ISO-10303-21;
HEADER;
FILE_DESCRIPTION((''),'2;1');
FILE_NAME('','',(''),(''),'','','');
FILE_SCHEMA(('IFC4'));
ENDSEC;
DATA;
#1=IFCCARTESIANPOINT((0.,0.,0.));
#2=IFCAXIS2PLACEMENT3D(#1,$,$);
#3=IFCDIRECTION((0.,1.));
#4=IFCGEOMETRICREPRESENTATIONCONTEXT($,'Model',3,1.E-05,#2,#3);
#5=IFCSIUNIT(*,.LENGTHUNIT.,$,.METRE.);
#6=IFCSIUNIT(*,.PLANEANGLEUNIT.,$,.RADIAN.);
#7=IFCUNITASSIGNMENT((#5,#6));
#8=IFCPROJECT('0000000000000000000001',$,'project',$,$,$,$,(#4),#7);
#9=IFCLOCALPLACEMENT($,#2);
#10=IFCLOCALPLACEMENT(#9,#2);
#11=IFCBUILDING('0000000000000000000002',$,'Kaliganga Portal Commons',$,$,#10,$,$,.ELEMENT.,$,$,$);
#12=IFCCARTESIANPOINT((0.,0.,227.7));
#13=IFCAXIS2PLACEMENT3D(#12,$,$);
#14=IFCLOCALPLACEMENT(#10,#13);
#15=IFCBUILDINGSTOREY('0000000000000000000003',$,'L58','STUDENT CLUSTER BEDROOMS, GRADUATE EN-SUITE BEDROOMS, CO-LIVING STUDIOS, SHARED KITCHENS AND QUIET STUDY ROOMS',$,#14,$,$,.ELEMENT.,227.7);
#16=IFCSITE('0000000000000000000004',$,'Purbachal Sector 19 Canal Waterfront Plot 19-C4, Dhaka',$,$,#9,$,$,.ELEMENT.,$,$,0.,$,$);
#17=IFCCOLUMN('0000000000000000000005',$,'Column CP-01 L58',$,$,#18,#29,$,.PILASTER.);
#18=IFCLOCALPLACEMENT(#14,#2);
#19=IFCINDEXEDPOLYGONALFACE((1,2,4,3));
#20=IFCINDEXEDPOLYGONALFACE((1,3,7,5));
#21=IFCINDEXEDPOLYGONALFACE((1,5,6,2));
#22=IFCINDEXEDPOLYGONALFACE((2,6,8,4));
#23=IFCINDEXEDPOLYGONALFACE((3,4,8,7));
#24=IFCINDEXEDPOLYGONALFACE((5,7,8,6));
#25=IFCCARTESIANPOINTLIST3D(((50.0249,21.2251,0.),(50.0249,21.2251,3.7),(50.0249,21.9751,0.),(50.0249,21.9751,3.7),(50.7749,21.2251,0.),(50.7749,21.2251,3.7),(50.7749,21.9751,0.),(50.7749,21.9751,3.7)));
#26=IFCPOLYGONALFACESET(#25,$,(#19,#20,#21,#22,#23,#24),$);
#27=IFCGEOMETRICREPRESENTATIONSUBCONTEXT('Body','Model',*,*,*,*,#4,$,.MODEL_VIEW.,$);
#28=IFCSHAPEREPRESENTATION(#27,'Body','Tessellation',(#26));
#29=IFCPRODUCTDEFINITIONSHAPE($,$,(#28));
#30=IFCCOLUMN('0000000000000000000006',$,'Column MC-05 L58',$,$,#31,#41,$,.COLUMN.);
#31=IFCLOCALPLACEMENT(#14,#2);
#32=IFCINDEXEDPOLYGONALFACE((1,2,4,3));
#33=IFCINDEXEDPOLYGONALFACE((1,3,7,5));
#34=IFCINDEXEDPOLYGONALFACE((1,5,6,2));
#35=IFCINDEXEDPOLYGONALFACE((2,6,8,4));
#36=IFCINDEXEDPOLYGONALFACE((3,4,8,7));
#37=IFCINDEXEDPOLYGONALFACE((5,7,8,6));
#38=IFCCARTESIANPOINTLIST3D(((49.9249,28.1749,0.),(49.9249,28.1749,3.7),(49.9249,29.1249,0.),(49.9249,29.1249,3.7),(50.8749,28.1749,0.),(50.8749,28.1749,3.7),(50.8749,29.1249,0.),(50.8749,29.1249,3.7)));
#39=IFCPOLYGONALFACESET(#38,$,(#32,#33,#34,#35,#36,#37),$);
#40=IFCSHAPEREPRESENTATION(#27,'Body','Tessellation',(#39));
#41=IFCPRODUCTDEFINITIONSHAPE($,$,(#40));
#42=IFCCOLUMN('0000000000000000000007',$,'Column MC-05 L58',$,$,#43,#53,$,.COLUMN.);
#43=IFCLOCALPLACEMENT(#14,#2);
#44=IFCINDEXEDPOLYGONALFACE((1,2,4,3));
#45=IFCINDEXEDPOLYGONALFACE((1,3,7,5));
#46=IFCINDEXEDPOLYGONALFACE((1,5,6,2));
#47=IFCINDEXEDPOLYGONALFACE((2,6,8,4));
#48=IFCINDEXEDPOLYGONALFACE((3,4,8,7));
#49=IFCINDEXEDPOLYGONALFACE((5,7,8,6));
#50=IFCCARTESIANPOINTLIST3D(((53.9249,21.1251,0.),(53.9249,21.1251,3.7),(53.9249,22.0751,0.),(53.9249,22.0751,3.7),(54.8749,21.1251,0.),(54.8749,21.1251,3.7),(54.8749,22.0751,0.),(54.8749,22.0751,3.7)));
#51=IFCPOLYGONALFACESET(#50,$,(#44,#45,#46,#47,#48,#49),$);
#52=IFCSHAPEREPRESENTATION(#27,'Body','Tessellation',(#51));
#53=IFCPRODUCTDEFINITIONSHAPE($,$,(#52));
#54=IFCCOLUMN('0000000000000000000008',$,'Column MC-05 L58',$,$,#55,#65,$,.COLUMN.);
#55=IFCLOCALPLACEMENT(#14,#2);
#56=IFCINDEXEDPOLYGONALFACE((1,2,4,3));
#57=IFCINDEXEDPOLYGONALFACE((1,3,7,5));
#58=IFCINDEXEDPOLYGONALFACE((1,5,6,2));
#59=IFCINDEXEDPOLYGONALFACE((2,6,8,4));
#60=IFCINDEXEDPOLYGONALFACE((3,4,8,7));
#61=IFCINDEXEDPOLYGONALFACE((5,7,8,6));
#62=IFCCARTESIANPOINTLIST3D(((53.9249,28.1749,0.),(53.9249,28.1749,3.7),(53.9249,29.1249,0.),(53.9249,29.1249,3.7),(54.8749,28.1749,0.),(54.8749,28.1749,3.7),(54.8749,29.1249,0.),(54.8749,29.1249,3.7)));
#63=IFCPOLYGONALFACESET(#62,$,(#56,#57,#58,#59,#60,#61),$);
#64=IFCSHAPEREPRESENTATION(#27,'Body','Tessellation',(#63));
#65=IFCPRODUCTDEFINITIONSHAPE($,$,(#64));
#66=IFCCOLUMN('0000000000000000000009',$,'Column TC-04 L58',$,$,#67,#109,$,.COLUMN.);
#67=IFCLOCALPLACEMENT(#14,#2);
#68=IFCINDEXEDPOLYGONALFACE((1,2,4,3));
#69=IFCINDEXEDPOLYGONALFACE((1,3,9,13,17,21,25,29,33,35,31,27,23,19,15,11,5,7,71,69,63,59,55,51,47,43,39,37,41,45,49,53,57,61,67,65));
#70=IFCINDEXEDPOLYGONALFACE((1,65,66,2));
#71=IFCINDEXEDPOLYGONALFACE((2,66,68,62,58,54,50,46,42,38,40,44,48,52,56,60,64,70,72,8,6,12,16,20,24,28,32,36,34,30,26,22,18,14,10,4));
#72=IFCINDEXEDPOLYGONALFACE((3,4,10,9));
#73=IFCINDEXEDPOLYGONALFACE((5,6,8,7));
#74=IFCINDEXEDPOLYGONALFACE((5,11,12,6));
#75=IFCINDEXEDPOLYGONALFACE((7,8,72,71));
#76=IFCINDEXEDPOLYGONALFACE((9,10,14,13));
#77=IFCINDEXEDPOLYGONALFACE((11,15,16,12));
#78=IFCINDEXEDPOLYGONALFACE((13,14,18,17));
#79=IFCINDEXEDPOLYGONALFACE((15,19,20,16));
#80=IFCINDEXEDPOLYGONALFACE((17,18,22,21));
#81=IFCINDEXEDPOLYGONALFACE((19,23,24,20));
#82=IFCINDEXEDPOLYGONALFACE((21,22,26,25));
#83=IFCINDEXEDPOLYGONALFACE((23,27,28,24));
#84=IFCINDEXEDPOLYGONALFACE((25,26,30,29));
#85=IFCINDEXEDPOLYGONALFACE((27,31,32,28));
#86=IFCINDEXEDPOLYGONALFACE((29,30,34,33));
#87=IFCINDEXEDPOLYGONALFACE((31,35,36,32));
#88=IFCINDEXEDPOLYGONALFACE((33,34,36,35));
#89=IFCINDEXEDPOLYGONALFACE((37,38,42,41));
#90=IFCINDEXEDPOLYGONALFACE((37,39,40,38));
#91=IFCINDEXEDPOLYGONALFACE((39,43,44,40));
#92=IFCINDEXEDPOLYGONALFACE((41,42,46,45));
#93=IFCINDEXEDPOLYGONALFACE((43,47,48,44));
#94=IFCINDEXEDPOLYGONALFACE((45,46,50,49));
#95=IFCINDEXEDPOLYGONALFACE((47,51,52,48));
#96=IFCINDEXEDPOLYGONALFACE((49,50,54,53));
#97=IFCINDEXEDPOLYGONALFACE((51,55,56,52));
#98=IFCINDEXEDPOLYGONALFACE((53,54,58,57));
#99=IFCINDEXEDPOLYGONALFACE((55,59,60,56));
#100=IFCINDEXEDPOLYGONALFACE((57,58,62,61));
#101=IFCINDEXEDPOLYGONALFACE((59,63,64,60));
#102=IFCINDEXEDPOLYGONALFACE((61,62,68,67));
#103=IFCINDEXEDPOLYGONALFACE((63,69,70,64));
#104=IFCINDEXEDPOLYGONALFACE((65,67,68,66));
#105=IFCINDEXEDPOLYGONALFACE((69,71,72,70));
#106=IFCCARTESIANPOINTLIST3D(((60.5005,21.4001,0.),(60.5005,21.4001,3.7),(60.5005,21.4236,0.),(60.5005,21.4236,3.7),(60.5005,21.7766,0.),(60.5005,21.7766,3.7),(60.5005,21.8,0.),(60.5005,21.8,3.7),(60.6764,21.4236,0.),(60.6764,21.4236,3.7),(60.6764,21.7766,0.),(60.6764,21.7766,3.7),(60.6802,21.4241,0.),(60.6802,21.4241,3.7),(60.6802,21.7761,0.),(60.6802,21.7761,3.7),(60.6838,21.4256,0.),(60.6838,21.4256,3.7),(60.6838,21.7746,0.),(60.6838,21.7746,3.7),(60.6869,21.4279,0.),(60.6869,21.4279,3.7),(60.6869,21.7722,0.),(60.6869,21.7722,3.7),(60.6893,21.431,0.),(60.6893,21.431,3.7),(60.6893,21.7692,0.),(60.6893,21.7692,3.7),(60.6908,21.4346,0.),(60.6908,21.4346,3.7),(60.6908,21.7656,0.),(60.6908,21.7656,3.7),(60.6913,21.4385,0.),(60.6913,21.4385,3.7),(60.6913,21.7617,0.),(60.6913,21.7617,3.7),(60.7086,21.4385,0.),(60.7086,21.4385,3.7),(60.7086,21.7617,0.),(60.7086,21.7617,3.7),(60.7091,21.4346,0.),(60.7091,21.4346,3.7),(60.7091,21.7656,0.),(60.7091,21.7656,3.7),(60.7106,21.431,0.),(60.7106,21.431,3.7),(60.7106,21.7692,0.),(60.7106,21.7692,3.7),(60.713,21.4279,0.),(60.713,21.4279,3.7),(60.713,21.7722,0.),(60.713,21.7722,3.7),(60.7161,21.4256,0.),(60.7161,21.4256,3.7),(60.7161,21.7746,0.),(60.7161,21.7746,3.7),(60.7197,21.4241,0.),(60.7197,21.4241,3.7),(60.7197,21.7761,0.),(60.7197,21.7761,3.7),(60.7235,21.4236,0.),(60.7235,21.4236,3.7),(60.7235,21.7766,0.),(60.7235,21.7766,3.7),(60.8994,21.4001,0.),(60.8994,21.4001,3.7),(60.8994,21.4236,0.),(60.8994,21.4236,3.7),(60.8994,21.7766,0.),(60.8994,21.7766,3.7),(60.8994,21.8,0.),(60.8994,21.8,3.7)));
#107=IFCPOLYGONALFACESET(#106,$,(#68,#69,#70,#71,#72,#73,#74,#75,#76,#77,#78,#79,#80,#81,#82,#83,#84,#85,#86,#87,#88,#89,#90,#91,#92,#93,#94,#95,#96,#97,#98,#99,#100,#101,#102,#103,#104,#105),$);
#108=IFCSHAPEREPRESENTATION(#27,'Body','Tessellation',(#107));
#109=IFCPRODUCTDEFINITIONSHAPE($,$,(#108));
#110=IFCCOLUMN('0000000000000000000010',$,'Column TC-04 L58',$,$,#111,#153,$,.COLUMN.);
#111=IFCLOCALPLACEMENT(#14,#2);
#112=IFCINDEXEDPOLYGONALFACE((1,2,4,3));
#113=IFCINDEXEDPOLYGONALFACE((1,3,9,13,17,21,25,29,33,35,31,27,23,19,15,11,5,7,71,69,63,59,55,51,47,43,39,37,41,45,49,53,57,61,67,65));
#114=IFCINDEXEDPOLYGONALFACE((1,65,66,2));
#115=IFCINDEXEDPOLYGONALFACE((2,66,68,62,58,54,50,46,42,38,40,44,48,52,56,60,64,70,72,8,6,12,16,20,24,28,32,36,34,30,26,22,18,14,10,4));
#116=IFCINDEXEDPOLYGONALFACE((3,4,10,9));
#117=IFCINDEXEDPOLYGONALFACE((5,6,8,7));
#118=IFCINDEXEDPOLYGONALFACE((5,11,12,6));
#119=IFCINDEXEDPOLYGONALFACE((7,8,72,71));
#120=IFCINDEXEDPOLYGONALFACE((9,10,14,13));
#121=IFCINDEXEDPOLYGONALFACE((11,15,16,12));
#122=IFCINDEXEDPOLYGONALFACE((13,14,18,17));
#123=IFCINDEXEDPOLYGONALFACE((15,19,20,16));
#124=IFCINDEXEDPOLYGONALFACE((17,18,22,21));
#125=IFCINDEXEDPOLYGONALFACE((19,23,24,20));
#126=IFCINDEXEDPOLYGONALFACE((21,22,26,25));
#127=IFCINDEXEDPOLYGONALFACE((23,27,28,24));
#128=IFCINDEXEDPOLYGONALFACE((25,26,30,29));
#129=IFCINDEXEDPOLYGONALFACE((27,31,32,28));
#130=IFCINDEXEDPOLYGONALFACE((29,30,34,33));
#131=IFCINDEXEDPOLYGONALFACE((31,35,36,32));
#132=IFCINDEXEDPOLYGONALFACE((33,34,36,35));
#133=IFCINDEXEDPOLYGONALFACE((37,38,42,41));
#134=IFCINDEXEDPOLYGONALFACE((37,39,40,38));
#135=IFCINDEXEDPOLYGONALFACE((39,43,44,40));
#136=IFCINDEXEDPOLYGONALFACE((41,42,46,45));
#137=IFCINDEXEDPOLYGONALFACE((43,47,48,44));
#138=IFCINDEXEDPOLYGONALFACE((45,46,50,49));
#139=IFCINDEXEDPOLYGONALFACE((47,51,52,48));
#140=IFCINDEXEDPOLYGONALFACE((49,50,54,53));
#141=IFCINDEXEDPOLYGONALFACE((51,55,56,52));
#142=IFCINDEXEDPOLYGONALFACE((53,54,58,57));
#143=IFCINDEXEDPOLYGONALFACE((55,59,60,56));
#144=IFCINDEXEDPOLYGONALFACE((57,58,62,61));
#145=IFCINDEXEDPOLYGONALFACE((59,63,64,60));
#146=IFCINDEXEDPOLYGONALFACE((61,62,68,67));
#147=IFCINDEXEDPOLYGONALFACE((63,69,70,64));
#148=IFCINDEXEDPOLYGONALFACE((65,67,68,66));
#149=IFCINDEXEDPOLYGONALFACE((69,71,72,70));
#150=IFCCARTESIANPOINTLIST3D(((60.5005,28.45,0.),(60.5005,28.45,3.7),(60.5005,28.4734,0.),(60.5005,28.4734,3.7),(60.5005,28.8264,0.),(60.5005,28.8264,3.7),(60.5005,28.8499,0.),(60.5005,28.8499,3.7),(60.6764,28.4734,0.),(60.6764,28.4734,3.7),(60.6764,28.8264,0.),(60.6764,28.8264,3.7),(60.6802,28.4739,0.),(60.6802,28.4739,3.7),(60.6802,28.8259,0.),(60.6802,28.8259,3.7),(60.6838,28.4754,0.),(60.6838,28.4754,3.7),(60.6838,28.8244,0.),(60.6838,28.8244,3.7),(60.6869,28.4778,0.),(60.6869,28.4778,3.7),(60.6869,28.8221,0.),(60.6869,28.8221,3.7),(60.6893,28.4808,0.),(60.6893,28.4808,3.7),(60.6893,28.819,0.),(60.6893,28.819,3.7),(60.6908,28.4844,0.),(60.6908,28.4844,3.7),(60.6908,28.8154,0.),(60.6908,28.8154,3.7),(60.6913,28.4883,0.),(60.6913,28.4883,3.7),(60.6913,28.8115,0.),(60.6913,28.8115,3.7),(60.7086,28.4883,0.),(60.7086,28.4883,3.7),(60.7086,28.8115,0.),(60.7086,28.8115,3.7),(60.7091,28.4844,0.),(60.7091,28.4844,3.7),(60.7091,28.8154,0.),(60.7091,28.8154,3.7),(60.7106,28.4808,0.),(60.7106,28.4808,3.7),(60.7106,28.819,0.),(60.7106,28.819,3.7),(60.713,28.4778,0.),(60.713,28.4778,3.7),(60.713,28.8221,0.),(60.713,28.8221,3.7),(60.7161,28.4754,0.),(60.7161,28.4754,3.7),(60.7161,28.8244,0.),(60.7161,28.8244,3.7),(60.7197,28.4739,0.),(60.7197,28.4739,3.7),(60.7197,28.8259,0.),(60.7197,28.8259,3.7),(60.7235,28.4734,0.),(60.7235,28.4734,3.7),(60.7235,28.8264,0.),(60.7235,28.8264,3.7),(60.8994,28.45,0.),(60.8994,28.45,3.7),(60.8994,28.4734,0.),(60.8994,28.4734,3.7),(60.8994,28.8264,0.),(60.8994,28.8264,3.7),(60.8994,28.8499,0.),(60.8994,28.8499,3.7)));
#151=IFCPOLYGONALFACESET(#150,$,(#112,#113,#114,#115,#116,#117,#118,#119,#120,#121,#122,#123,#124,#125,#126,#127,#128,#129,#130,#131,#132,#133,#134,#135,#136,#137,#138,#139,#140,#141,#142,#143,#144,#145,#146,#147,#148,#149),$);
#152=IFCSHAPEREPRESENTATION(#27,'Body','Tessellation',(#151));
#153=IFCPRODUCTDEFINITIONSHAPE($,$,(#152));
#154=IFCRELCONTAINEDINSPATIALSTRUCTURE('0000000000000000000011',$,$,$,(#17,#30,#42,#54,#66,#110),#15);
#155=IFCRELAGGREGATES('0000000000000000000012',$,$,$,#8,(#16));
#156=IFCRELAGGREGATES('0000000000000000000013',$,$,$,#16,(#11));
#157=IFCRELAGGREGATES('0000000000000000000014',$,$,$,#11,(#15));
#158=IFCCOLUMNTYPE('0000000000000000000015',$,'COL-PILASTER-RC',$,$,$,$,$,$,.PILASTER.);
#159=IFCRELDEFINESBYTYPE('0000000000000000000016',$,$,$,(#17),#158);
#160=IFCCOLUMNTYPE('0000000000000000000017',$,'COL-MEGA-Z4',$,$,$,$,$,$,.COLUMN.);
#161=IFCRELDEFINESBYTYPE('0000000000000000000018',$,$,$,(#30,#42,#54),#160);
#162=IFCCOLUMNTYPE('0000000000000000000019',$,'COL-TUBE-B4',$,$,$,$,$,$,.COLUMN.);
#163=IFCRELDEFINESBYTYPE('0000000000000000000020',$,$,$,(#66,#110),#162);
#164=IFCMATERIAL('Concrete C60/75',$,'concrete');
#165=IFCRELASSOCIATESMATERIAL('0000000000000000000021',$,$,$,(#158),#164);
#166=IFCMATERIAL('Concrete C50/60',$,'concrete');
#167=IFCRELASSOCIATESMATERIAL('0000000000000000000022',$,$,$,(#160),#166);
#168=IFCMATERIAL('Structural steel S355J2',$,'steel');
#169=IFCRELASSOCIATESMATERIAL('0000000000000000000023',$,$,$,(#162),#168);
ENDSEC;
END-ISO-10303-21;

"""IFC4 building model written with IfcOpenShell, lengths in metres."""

from ifc_helpers import new_model, si_unit, direction, frame, origin, origin_2d, place, context, subcontext, project, spatial, rectangle, i_section, extrude, source, transform, mapped, material, material_profile, profile_set, type_object, element, save


model = new_model("IFC4")

# Units and contexts
model_context = context("Model", 3, precision=1e-05, world=origin(), true_north=direction((0.0, 1.0)))
body_context = subcontext(model_context, "Body", "Model", "MODEL_VIEW")
ifc_project = project(units=[si_unit("LENGTHUNIT", "METRE"), si_unit("PLANEANGLEUNIT", "RADIAN")], contexts=[model_context])

# Site, building, storey
site_placement = place(None, origin())
site = spatial("IfcSite", under=ifc_project, at=site_placement, Name="Purbachal Sector 19 Canal Waterfront Plot 19-C4, Dhaka", CompositionType="ELEMENT", RefElevation=0.0)
building_placement = place(site_placement, origin())
building = spatial("IfcBuilding", under=site, at=building_placement, Name="Kaliganga Portal Commons", CompositionType="ELEMENT")
storey_placement = place(building_placement, frame((0.0, 0.0, 227.7)))
storey = spatial("IfcBuildingStorey", under=building, at=storey_placement, Name="L58", Description="STUDENT CLUSTER BEDROOMS, GRADUATE EN-SUITE BEDROOMS, CO-LIVING STUDIOS, SHARED KITCHENS AND QUIET STUDY ROOMS", CompositionType="ELEMENT", Elevation=227.7)

# Columns
ifc_material_1 = material(Name="Concrete C60/75", Category="concrete")
ifc_material_profile_1 = material_profile(ifc_material_1, rectangle(XDim=0.75, YDim=0.75, at=origin_2d()), Name="RC 750x750")
ifc_profile_set_1 = profile_set([ifc_material_profile_1], Name="Concrete C60/75")
column_type_1 = type_object("IfcColumnType", Name="COL-PILASTER-RC", PredefinedType="PILASTER", material=ifc_profile_set_1)
shared_shape_1 = source(origin(), body_context, "Body", "SweptSolid", [
    extrude(rectangle(XDim=0.75, YDim=0.75, at=origin_2d()), origin(), (0.0, 0.0, 1.0), 3.7),
])
column_placement = place(storey_placement, frame((50.3999, 21.6001, 0.0), z_axis=(0.0, 0.0, 1.0), x_axis=(1.0, 0.0, 0.0)))
element("IfcColumn", 1, at=column_placement, inside=storey, type_object=column_type_1, Name="Column CP-01 L58", PredefinedType="PILASTER", context=body_context, shape_type="MappedRepresentation", body=[
    mapped(shared_shape_1, transform((0.0, 0.0, 0.0), x_axis=(1.0, 0.0, 0.0), y_axis=(0.0, 1.0, 0.0), z_axis=(0.0, 0.0, 1.0), scale=1.0)),
])
ifc_material_2 = material(Name="Concrete C50/60", Category="concrete")
ifc_material_profile_2 = material_profile(ifc_material_2, rectangle(XDim=0.95, YDim=0.95, at=origin_2d()), Name="RC 950x950")
ifc_profile_set_2 = profile_set([ifc_material_profile_2], Name="Concrete C50/60")
column_type_2 = type_object("IfcColumnType", Name="COL-MEGA-Z4", PredefinedType="COLUMN", material=ifc_profile_set_2)
shared_shape_2 = source(origin(), body_context, "Body", "SweptSolid", [
    extrude(rectangle(XDim=0.95, YDim=0.95, at=origin_2d()), origin(), (0.0, 0.0, 1.0), 3.7),
])
for number, where, z_axis, x_axis, name in (
    (2, (50.3999, 28.6499, 0.0), (0.0, 0.0, 1.0), (1.0, 0.0, 0.0), "Column MC-05 L58"),
    (3, (54.3999, 21.6001, 0.0), (0.0, 0.0, 1.0), (1.0, 0.0, 0.0), "Column MC-05 L58"),
    (4, (54.3999, 28.6499, 0.0), (0.0, 0.0, 1.0), (1.0, 0.0, 0.0), "Column MC-05 L58"),
):
    element("IfcColumn", number, at=place(storey_placement, frame(where, z_axis=z_axis, x_axis=x_axis)), inside=storey, type_object=column_type_2, Name=name, PredefinedType="COLUMN", context=body_context, shape_type="MappedRepresentation", body=[
        mapped(shared_shape_2, transform((0.0, 0.0, 0.0), x_axis=(1.0, 0.0, 0.0), y_axis=(0.0, 1.0, 0.0), z_axis=(0.0, 0.0, 1.0), scale=1.0)),
    ])
ifc_material_3 = material(Name="Structural steel S355J2", Category="steel")
ifc_material_profile_3 = material_profile(ifc_material_3, i_section(OverallWidth=0.3989, OverallDepth=0.3999, WebThickness=0.0173, FlangeThickness=0.0234, FilletRadius=0.0149, at=origin_2d()), Name="HD 400x287")
ifc_profile_set_3 = profile_set([ifc_material_profile_3], Name="Structural steel S355J2 wide-flange")
column_type_3 = type_object("IfcColumnType", Name="COL-TUBE-B4", PredefinedType="COLUMN", material=ifc_profile_set_3)
shared_shape_3 = source(origin(), body_context, "Body", "SweptSolid", [
    extrude(i_section(OverallWidth=0.3989, OverallDepth=0.3999, WebThickness=0.0173, FlangeThickness=0.0234, FilletRadius=0.0149, at=origin_2d()), origin(), (0.0, 0.0, 1.0), 3.7),
])
for number, where, z_axis, x_axis, name in (
    (5, (60.7, 21.6001, 0.0), (0.0, 0.0, 1.0), (1.0, 0.0, 0.0), "Column TC-04 L58"),
    (6, (60.7, 28.6499, 0.0), (0.0, 0.0, 1.0), (1.0, 0.0, 0.0), "Column TC-04 L58"),
):
    element("IfcColumn", number, at=place(storey_placement, frame(where, z_axis=z_axis, x_axis=x_axis)), inside=storey, type_object=column_type_3, Name=name, PredefinedType="COLUMN", context=body_context, shape_type="MappedRepresentation", body=[
        mapped(shared_shape_3, transform((0.0, 0.0, 0.0), x_axis=(1.0, 0.0, 0.0), y_axis=(0.0, 1.0, 0.0), z_axis=(0.0, 0.0, 1.0), scale=1.0)),
    ])

save(model, "model.ifc")
